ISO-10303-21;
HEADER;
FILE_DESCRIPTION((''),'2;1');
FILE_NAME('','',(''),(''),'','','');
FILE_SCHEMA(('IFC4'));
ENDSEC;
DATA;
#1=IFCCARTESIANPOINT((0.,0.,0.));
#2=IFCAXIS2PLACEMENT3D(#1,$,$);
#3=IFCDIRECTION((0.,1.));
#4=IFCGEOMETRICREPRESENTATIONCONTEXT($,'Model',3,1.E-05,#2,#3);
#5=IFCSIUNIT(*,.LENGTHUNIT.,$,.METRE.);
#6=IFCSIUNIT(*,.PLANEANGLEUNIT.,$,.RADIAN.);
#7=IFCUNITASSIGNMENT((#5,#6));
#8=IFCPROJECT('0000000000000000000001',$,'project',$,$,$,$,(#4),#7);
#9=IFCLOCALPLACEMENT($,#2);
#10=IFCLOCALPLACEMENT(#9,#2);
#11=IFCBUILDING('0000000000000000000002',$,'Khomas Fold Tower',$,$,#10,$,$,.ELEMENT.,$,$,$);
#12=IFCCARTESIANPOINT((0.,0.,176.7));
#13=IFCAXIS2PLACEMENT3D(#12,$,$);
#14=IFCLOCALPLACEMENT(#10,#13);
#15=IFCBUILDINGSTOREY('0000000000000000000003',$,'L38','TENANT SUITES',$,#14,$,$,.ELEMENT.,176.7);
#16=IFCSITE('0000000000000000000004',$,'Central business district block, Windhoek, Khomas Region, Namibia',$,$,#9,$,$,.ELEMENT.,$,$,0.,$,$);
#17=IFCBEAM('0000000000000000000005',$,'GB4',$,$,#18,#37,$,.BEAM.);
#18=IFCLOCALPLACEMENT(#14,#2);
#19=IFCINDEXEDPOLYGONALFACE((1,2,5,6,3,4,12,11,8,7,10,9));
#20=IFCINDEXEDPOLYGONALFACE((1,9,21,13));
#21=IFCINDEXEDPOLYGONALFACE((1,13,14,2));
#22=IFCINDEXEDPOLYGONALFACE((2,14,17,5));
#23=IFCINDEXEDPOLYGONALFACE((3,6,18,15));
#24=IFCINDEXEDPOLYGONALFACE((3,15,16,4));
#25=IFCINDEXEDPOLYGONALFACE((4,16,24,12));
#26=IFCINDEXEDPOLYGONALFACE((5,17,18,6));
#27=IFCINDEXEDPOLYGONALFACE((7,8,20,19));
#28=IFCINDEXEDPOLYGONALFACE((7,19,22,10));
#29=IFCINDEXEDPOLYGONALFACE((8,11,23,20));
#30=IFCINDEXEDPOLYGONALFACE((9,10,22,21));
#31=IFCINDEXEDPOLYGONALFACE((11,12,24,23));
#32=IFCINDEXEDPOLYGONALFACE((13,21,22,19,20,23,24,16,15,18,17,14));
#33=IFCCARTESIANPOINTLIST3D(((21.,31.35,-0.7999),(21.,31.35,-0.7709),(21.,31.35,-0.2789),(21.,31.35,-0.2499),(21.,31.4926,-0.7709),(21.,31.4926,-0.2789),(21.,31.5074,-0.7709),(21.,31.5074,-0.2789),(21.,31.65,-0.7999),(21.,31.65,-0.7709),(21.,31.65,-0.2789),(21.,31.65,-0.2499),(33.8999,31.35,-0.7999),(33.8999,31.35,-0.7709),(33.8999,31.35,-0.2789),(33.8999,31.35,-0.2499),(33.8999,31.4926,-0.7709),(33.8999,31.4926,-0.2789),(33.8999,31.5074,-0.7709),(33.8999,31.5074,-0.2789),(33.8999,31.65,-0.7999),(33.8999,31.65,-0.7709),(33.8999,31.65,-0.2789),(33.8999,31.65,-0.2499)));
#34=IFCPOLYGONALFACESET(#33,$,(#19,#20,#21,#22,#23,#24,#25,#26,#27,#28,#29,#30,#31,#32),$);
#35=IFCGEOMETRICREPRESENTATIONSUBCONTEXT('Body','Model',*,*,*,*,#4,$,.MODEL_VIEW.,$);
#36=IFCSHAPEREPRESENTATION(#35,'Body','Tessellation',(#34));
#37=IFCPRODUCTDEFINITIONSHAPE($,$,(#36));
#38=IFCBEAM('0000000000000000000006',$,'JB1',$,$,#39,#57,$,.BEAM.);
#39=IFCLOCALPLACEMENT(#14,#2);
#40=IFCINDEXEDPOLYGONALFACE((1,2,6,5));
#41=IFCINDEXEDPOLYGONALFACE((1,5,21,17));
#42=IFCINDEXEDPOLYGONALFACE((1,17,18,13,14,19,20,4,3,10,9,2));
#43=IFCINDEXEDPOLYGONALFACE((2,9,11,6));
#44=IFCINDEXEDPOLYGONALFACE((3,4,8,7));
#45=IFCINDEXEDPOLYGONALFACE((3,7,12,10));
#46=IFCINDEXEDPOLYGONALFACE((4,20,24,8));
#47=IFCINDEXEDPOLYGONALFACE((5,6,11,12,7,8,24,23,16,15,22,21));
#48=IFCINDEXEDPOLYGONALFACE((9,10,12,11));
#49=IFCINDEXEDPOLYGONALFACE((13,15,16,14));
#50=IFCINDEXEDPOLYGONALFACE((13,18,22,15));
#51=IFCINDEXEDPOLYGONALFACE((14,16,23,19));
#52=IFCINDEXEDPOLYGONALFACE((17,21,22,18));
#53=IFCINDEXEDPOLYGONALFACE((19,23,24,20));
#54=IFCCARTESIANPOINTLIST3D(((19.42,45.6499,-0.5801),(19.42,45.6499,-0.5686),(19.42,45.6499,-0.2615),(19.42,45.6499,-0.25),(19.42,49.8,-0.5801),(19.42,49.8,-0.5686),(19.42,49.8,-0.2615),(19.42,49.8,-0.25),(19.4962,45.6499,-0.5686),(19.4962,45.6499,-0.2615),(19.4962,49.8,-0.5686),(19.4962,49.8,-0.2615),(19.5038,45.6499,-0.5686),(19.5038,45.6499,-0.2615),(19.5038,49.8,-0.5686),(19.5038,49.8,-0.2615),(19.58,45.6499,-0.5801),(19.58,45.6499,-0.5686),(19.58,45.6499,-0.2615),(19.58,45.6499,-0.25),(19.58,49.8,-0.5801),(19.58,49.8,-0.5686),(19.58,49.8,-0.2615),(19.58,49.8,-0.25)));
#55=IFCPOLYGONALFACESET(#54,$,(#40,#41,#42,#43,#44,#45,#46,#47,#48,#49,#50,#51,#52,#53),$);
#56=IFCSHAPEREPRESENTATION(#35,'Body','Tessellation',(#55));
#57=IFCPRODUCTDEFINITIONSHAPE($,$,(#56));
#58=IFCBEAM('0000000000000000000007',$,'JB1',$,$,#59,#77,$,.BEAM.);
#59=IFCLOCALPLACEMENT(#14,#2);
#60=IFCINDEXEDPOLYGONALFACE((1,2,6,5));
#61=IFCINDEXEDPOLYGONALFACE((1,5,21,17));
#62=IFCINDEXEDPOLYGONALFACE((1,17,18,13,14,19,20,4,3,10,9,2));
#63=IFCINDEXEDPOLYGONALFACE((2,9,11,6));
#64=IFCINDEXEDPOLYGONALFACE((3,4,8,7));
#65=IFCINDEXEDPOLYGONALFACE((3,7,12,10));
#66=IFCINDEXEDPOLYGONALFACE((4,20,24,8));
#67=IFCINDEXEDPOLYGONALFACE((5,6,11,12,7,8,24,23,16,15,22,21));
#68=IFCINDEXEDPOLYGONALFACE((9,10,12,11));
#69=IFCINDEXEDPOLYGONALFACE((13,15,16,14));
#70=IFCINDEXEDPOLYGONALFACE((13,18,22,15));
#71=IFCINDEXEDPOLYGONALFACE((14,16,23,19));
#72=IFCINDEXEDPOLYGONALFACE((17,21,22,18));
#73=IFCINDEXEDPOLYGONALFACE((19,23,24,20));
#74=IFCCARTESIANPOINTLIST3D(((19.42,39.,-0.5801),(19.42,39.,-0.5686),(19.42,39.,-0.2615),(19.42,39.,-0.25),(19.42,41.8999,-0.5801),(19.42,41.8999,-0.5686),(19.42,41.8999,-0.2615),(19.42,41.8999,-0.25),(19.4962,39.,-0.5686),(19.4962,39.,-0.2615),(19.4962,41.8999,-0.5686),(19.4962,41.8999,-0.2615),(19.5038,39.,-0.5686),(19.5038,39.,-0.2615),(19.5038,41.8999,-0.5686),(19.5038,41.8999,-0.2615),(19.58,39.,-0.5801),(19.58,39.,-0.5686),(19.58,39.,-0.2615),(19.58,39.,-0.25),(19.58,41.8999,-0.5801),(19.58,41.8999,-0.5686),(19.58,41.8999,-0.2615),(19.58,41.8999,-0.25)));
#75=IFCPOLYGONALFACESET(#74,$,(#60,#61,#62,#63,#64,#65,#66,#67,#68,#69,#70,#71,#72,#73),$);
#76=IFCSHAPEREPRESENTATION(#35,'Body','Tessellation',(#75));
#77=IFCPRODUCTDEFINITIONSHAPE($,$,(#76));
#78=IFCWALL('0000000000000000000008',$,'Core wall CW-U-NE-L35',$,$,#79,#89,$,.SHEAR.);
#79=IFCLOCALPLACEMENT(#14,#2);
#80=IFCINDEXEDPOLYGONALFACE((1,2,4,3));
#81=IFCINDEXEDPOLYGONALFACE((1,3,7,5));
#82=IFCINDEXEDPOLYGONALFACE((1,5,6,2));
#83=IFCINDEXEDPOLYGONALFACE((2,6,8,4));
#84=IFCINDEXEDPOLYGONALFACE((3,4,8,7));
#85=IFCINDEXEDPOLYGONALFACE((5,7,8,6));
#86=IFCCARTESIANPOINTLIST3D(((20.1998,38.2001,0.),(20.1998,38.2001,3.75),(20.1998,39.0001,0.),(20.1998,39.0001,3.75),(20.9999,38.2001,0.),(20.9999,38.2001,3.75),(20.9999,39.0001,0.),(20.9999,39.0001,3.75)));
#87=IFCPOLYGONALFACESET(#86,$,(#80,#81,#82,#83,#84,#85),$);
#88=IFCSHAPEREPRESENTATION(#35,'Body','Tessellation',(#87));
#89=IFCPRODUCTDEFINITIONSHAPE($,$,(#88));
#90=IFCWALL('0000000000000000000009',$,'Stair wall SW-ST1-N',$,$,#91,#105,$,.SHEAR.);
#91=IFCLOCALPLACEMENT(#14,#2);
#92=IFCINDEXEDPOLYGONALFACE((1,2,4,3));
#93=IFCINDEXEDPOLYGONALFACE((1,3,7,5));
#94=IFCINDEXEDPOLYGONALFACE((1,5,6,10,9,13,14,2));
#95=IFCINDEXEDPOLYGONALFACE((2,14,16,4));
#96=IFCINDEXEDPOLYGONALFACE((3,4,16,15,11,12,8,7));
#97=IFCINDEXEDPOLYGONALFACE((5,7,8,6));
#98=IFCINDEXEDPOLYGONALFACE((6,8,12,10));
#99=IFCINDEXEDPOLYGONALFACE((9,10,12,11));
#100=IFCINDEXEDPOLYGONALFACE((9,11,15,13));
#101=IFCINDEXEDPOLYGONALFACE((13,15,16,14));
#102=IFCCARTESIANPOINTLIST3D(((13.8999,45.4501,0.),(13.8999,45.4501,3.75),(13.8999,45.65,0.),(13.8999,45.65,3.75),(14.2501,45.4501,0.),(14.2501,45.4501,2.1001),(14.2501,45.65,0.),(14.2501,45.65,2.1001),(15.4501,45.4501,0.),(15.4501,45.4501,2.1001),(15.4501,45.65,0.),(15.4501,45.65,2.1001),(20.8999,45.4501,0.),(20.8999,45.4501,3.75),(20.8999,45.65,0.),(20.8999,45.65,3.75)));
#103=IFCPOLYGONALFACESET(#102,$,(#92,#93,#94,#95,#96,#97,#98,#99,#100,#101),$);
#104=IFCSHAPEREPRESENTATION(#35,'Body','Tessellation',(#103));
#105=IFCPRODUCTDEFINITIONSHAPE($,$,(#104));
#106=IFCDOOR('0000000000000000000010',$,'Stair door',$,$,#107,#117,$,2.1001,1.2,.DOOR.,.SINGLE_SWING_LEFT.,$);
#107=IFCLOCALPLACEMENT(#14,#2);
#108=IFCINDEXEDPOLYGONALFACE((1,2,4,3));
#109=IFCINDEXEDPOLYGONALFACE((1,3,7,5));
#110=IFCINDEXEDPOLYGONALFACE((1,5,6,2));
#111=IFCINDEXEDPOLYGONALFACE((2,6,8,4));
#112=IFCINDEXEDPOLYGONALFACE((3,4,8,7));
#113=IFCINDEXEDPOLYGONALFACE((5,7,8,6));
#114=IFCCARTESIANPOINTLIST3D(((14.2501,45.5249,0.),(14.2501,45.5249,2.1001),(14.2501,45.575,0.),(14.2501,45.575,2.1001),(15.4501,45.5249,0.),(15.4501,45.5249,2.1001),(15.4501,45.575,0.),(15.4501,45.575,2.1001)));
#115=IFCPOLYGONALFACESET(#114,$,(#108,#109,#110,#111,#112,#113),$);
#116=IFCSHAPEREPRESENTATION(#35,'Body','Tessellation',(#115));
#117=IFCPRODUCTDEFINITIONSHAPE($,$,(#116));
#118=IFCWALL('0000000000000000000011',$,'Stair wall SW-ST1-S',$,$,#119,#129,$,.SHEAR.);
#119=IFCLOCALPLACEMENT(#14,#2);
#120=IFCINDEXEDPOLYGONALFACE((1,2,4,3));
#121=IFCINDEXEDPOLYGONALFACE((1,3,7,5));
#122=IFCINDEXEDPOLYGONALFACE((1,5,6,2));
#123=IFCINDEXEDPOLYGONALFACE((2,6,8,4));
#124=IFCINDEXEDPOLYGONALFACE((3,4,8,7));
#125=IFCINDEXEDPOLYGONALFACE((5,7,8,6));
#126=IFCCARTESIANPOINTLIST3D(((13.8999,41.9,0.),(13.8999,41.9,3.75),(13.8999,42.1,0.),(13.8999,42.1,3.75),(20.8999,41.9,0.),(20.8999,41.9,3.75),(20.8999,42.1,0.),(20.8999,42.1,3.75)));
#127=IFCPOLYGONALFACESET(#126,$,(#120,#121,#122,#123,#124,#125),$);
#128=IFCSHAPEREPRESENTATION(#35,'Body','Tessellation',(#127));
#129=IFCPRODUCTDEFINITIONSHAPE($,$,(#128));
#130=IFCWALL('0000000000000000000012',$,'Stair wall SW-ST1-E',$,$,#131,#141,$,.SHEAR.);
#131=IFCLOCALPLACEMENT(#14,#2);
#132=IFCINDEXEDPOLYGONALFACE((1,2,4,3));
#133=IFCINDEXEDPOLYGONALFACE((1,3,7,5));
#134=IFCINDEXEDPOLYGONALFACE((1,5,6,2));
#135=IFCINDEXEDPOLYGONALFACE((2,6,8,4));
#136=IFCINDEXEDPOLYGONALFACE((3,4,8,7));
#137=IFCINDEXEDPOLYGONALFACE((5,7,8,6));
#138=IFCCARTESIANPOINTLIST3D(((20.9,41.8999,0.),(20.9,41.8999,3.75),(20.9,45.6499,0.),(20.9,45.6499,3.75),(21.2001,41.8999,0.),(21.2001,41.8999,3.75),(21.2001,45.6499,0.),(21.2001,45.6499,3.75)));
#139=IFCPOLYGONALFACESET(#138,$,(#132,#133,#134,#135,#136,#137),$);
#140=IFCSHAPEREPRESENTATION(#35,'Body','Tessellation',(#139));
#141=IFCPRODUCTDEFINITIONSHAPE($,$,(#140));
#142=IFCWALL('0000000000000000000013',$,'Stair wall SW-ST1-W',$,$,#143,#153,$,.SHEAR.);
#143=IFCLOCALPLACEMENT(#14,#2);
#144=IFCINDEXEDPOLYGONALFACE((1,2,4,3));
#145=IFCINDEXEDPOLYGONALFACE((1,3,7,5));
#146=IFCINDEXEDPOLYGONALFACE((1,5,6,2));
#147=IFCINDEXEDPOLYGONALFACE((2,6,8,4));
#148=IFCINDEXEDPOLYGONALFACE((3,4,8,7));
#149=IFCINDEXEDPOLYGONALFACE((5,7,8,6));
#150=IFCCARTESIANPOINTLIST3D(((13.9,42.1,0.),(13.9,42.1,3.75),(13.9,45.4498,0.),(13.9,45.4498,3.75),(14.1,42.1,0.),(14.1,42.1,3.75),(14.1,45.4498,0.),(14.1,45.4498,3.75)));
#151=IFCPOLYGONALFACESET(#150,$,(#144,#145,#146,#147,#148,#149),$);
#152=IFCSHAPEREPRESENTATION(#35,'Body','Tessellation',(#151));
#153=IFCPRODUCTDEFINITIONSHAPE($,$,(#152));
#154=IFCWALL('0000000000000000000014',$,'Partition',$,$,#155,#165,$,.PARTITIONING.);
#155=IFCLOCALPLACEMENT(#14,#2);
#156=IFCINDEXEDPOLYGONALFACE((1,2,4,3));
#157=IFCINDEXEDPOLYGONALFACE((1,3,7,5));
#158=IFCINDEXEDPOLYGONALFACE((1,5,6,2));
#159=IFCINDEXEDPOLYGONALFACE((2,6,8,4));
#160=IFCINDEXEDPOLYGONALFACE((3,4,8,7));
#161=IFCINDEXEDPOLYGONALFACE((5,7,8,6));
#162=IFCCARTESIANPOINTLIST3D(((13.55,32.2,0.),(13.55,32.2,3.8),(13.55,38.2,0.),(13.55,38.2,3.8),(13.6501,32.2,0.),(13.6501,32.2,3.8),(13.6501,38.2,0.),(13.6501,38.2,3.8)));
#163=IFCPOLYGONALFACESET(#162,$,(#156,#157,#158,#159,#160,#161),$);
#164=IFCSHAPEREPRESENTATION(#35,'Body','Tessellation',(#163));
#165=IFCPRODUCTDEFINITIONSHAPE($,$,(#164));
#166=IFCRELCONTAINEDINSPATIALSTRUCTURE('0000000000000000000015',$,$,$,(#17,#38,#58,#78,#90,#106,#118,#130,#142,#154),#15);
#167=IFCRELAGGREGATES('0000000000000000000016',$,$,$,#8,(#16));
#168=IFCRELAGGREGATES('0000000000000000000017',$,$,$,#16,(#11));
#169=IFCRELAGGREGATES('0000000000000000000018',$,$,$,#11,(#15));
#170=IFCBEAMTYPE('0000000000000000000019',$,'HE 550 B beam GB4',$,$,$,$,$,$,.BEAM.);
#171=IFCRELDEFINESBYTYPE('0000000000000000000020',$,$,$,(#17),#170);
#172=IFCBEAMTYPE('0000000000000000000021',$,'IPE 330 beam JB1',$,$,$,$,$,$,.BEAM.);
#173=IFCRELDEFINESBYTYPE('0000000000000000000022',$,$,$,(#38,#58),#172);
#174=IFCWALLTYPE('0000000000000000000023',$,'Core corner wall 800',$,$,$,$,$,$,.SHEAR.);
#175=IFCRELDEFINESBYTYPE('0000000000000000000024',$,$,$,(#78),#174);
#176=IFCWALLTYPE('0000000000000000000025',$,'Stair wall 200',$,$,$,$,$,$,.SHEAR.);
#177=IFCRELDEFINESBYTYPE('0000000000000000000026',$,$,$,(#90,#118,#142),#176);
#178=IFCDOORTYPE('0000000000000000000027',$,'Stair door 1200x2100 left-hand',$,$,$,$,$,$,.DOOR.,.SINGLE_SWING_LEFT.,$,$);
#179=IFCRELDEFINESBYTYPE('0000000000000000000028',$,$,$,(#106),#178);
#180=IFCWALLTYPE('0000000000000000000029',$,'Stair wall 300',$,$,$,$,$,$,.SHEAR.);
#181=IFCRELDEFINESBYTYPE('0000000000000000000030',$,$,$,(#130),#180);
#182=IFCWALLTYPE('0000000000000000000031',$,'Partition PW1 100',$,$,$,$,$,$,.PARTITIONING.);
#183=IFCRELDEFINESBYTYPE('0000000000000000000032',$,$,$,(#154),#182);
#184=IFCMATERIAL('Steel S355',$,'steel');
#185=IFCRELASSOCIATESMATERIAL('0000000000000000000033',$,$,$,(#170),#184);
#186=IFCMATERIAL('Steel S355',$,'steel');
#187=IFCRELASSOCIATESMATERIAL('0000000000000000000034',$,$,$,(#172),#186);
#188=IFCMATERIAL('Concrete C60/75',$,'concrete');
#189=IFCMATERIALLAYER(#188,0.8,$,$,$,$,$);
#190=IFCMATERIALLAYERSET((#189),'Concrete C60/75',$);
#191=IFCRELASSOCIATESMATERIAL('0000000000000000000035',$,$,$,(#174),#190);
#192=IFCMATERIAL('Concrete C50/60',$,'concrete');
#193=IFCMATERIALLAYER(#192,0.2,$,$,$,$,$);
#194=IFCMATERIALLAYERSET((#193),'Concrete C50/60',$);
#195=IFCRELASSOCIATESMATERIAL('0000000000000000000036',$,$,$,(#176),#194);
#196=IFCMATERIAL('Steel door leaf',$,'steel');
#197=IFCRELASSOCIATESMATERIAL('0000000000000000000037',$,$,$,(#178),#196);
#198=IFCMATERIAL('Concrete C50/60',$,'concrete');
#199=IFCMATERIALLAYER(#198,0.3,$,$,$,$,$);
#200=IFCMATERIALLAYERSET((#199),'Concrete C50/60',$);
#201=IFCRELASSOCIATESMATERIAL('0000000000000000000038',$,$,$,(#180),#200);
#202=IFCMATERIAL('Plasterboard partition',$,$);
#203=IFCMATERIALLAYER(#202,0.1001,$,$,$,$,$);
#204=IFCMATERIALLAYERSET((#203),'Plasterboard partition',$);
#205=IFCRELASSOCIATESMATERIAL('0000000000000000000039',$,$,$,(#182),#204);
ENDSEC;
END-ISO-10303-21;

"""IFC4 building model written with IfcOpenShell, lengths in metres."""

from ifc_helpers import new_model, si_unit, direction, frame, frame_2d, origin, origin_2d, place, context, subcontext, project, spatial, rectangle, i_section, extrude, source, transform, mapped, material, layer, layer_set, material_profile, profile_set, type_object, element, fill, save


model = new_model("IFC4")

# Units and contexts
model_context = context("Model", 3, precision=1e-05, world=origin(), true_north=direction((0.0, 1.0)))
body_context = subcontext(model_context, "Body", "Model", "MODEL_VIEW")
ifc_project = project(units=[si_unit("LENGTHUNIT", "METRE"), si_unit("PLANEANGLEUNIT", "RADIAN")], contexts=[model_context])

# Site, building, storey
site_placement = place(None, origin())
site = spatial("IfcSite", under=ifc_project, at=site_placement, Name="Central business district block, Windhoek, Khomas Region, Namibia", CompositionType="ELEMENT", RefElevation=0.0)
building_placement = place(site_placement, origin())
building = spatial("IfcBuilding", under=site, at=building_placement, Name="Khomas Fold Tower", CompositionType="ELEMENT")
storey_placement = place(building_placement, frame((0.0, 0.0, 176.7)))
storey = spatial("IfcBuildingStorey", under=building, at=storey_placement, Name="L38", Description="TENANT SUITES", CompositionType="ELEMENT", Elevation=176.7)

# Beams
ifc_material_1 = material(Name="Steel S355", Category="steel")
ifc_material_profile_1 = material_profile(ifc_material_1, i_section(OverallWidth=0.3, OverallDepth=0.55, WebThickness=0.0149, FlangeThickness=0.0291, at=origin_2d()), Name="HE 550 B")
ifc_profile_set_1 = profile_set([ifc_material_profile_1], Name="Steel S355")
beam_type_1 = type_object("IfcBeamType", Name="HE 550 B beam GB4", PredefinedType="BEAM", material=ifc_profile_set_1)
shared_shape_1 = source(origin(), body_context, "Body", "SweptSolid", [
    extrude(i_section(OverallWidth=0.3, OverallDepth=0.55, WebThickness=0.0149, FlangeThickness=0.0291, at=origin_2d()), origin(), (0.0, 0.0, 1.0), 12.8999),
])
beam_1_placement = place(storey_placement, frame((21.0, 31.5, -0.5249), z_axis=(1.0, 0.0, 0.0), x_axis=(0.0, 1.0, 0.0)))
element("IfcBeam", 1, at=beam_1_placement, inside=storey, type_object=beam_type_1, Name="GB4", PredefinedType="BEAM", context=body_context, shape_type="MappedRepresentation", body=[
    mapped(shared_shape_1, transform((0.0, 0.0, 0.0))),
])
ifc_material_2 = material(Name="Steel S355", Category="steel")
ifc_material_profile_2 = material_profile(ifc_material_2, i_section(OverallWidth=0.1599, OverallDepth=0.3301, WebThickness=0.0076, FlangeThickness=0.0115, at=origin_2d()), Name="IPE 330")
ifc_profile_set_2 = profile_set([ifc_material_profile_2], Name="Steel S355")
beam_type_2 = type_object("IfcBeamType", Name="IPE 330 beam JB1", PredefinedType="BEAM", material=ifc_profile_set_2)
shared_shape_2 = source(origin(), body_context, "Body", "SweptSolid", [
    extrude(i_section(OverallWidth=0.1599, OverallDepth=0.3301, WebThickness=0.0076, FlangeThickness=0.0115, at=origin_2d()), origin(), (0.0, 0.0, 1.0), 4.1501),
])
beam_2_placement = place(storey_placement, frame((19.5, 45.6499, -0.415), z_axis=(0.0, 1.0, 0.0), x_axis=(-1.0, 0.0, 0.0)))
element("IfcBeam", 2, at=beam_2_placement, inside=storey, type_object=beam_type_2, Name="JB1", PredefinedType="BEAM", context=body_context, shape_type="MappedRepresentation", body=[
    mapped(shared_shape_2, transform((0.0, 0.0, 0.0))),
])
shared_shape_3 = source(origin(), body_context, "Body", "SweptSolid", [
    extrude(i_section(OverallWidth=0.1599, OverallDepth=0.3301, WebThickness=0.0076, FlangeThickness=0.0115, at=origin_2d()), origin(), (0.0, 0.0, 1.0), 2.8999),
])
beam_3_placement = place(storey_placement, frame((19.5, 39.0, -0.415), z_axis=(0.0, 1.0, 0.0), x_axis=(-1.0, 0.0, 0.0)))
element("IfcBeam", 3, at=beam_3_placement, inside=storey, type_object=beam_type_2, Name="JB1", PredefinedType="BEAM", context=body_context, shape_type="MappedRepresentation", body=[
    mapped(shared_shape_3, transform((0.0, 0.0, 0.0))),
])

# Wall
ifc_material_3 = material(Name="Concrete C60/75", Category="concrete")
ifc_layer_1 = layer(ifc_material_3, 0.8)
ifc_layer_set_1 = layer_set([ifc_layer_1], Name="Concrete C60/75")
wall_type_1 = type_object("IfcWallType", Name="Core corner wall 800", PredefinedType="SHEAR", material=ifc_layer_set_1)
shared_shape_4 = source(origin(), body_context, "Body", "SweptSolid", [
    extrude(rectangle(XDim=0.8, YDim=0.8, at=frame_2d((0.3999, 0.0))), origin(), (0.0, 0.0, 1.0), 3.75),
])
wall_1_placement = place(storey_placement, frame((20.2, 38.6001, 0.0), z_axis=(0.0, 0.0, 1.0), x_axis=(1.0, 0.0, 0.0)))
element("IfcWall", 4, at=wall_1_placement, inside=storey, type_object=wall_type_1, Name="Core wall CW-U-NE-L35", PredefinedType="SHEAR", context=body_context, shape_type="MappedRepresentation", body=[
    mapped(shared_shape_4, transform((0.0, 0.0, 0.0))),
])

# Wall, opening, door
ifc_material_4 = material(Name="Concrete C50/60", Category="concrete")
ifc_layer_2 = layer(ifc_material_4, 0.2)
ifc_layer_set_2 = layer_set([ifc_layer_2], Name="Concrete C50/60")
wall_type_2 = type_object("IfcWallType", Name="Stair wall 200", PredefinedType="SHEAR", material=ifc_layer_set_2)
shared_shape_5 = source(origin(), body_context, "Body", "SweptSolid", [
    extrude(rectangle(XDim=7.0, YDim=0.2, at=frame_2d((3.5, 0.0))), origin(), (0.0, 0.0, 1.0), 3.75),
])
wall_2_placement = place(storey_placement, frame((13.8999, 45.55, 0.0), z_axis=(0.0, 0.0, 1.0), x_axis=(1.0, 0.0, 0.0)))
wall_2 = element("IfcWall", 5, at=wall_2_placement, inside=storey, type_object=wall_type_2, Name="Stair wall SW-ST1-N", PredefinedType="SHEAR", context=body_context, shape_type="MappedRepresentation", body=[
    mapped(shared_shape_5, transform((0.0, 0.0, 0.0))),
])
shared_shape_6 = source(origin(), body_context, "Body", "SweptSolid", [
    extrude(rectangle(XDim=1.2, YDim=2.1001, at=frame_2d((0.6001, 1.05))), frame((0.0, 0.1099, 0.0), z_axis=(0.0, -1.0, 0.0), x_axis=(1.0, 0.0, 0.0)), (0.0, 0.0, 1.0), 0.22),
])
opening_1_placement = place(wall_2_placement, frame((0.3501, 0.0, 0.0)))
opening_1 = element("IfcOpeningElement", 6, at=opening_1_placement, cuts=wall_2, PredefinedType="OPENING", context=body_context, shape_type="MappedRepresentation", body=[
    mapped(shared_shape_6, transform((0.0, 0.0, 0.0))),
])
ifc_material_5 = material(Name="Steel door leaf", Category="steel")
door_type_1 = type_object("IfcDoorType", Name="Stair door 1200x2100 left-hand", OperationType="SINGLE_SWING_LEFT", PredefinedType="DOOR", material=ifc_material_5)
shared_shape_7 = source(origin(), body_context, "Body", "SweptSolid", [
    extrude(rectangle(XDim=1.2, YDim=2.1001, at=frame_2d((0.6001, 1.05))), frame((0.0, 0.0249, 0.0), z_axis=(0.0, -1.0, 0.0), x_axis=(1.0, 0.0, 0.0)), (0.0, 0.0, 1.0), 0.05),
])
door_1_placement = place(opening_1_placement, origin())
door_1 = element("IfcDoor", 7, at=door_1_placement, inside=storey, type_object=door_type_1, Name="Stair door", OperationType="SINGLE_SWING_LEFT", OverallHeight=2.1001, OverallWidth=1.2, PredefinedType="DOOR", context=body_context, shape_type="MappedRepresentation", body=[
    mapped(shared_shape_7, transform((0.0, 0.0, 0.0))),
])
fill(opening_1, door_1)

# Walls
wall_3_placement = place(storey_placement, frame((13.8999, 42.0, 0.0), z_axis=(0.0, 0.0, 1.0), x_axis=(1.0, 0.0, 0.0)))
element("IfcWall", 8, at=wall_3_placement, inside=storey, type_object=wall_type_2, Name="Stair wall SW-ST1-S", PredefinedType="SHEAR", context=body_context, shape_type="MappedRepresentation", body=[
    mapped(shared_shape_5, transform((0.0, 0.0, 0.0))),
])
ifc_material_6 = material(Name="Concrete C50/60", Category="concrete")
ifc_layer_3 = layer(ifc_material_6, 0.3)
ifc_layer_set_3 = layer_set([ifc_layer_3], Name="Concrete C50/60")
wall_type_3 = type_object("IfcWallType", Name="Stair wall 300", PredefinedType="SHEAR", material=ifc_layer_set_3)
shared_shape_8 = source(origin(), body_context, "Body", "SweptSolid", [
    extrude(rectangle(XDim=3.75, YDim=0.3, at=frame_2d((1.875, 0.0))), origin(), (0.0, 0.0, 1.0), 3.75),
])
wall_4_placement = place(storey_placement, frame((21.05, 41.8999, 0.0), z_axis=(0.0, 0.0, 1.0), x_axis=(0.0, 1.0, 0.0)))
element("IfcWall", 9, at=wall_4_placement, inside=storey, type_object=wall_type_3, Name="Stair wall SW-ST1-E", PredefinedType="SHEAR", context=body_context, shape_type="MappedRepresentation", body=[
    mapped(shared_shape_8, transform((0.0, 0.0, 0.0))),
])
shared_shape_9 = source(origin(), body_context, "Body", "SweptSolid", [
    extrude(rectangle(XDim=3.3499, YDim=0.2, at=frame_2d((1.6748, 0.0))), origin(), (0.0, 0.0, 1.0), 3.75),
])
wall_5_placement = place(storey_placement, frame((14.0, 42.1001, 0.0), z_axis=(0.0, 0.0, 1.0), x_axis=(0.0, 1.0, 0.0)))
element("IfcWall", 10, at=wall_5_placement, inside=storey, type_object=wall_type_2, Name="Stair wall SW-ST1-W", PredefinedType="SHEAR", context=body_context, shape_type="MappedRepresentation", body=[
    mapped(shared_shape_9, transform((0.0, 0.0, 0.0))),
])
ifc_material_7 = material(Name="Plasterboard partition")
ifc_layer_4 = layer(ifc_material_7, 0.1001)
ifc_layer_set_4 = layer_set([ifc_layer_4], Name="Plasterboard partition")
wall_type_4 = type_object("IfcWallType", Name="Partition PW1 100", PredefinedType="PARTITIONING", material=ifc_layer_set_4)
shared_shape_10 = source(origin(), body_context, "Body", "SweptSolid", [
    extrude(rectangle(XDim=6.0, YDim=0.1001, at=frame_2d((3.0, 0.0))), origin(), (0.0, 0.0, 1.0), 3.8),
])
for number, where, z_axis, x_axis, name in (
    (11, (13.6001, 32.2, 0.0), (0.0, 0.0, 1.0), (0.0, 1.0, 0.0), "Partition"),
):
    element("IfcWall", number, at=place(storey_placement, frame(where, z_axis=z_axis, x_axis=x_axis)), inside=storey, type_object=wall_type_4, Name=name, PredefinedType="PARTITIONING", context=body_context, shape_type="MappedRepresentation", body=[
        mapped(shared_shape_10, transform((0.0, 0.0, 0.0))),
    ])

save(model, "model.ifc")
